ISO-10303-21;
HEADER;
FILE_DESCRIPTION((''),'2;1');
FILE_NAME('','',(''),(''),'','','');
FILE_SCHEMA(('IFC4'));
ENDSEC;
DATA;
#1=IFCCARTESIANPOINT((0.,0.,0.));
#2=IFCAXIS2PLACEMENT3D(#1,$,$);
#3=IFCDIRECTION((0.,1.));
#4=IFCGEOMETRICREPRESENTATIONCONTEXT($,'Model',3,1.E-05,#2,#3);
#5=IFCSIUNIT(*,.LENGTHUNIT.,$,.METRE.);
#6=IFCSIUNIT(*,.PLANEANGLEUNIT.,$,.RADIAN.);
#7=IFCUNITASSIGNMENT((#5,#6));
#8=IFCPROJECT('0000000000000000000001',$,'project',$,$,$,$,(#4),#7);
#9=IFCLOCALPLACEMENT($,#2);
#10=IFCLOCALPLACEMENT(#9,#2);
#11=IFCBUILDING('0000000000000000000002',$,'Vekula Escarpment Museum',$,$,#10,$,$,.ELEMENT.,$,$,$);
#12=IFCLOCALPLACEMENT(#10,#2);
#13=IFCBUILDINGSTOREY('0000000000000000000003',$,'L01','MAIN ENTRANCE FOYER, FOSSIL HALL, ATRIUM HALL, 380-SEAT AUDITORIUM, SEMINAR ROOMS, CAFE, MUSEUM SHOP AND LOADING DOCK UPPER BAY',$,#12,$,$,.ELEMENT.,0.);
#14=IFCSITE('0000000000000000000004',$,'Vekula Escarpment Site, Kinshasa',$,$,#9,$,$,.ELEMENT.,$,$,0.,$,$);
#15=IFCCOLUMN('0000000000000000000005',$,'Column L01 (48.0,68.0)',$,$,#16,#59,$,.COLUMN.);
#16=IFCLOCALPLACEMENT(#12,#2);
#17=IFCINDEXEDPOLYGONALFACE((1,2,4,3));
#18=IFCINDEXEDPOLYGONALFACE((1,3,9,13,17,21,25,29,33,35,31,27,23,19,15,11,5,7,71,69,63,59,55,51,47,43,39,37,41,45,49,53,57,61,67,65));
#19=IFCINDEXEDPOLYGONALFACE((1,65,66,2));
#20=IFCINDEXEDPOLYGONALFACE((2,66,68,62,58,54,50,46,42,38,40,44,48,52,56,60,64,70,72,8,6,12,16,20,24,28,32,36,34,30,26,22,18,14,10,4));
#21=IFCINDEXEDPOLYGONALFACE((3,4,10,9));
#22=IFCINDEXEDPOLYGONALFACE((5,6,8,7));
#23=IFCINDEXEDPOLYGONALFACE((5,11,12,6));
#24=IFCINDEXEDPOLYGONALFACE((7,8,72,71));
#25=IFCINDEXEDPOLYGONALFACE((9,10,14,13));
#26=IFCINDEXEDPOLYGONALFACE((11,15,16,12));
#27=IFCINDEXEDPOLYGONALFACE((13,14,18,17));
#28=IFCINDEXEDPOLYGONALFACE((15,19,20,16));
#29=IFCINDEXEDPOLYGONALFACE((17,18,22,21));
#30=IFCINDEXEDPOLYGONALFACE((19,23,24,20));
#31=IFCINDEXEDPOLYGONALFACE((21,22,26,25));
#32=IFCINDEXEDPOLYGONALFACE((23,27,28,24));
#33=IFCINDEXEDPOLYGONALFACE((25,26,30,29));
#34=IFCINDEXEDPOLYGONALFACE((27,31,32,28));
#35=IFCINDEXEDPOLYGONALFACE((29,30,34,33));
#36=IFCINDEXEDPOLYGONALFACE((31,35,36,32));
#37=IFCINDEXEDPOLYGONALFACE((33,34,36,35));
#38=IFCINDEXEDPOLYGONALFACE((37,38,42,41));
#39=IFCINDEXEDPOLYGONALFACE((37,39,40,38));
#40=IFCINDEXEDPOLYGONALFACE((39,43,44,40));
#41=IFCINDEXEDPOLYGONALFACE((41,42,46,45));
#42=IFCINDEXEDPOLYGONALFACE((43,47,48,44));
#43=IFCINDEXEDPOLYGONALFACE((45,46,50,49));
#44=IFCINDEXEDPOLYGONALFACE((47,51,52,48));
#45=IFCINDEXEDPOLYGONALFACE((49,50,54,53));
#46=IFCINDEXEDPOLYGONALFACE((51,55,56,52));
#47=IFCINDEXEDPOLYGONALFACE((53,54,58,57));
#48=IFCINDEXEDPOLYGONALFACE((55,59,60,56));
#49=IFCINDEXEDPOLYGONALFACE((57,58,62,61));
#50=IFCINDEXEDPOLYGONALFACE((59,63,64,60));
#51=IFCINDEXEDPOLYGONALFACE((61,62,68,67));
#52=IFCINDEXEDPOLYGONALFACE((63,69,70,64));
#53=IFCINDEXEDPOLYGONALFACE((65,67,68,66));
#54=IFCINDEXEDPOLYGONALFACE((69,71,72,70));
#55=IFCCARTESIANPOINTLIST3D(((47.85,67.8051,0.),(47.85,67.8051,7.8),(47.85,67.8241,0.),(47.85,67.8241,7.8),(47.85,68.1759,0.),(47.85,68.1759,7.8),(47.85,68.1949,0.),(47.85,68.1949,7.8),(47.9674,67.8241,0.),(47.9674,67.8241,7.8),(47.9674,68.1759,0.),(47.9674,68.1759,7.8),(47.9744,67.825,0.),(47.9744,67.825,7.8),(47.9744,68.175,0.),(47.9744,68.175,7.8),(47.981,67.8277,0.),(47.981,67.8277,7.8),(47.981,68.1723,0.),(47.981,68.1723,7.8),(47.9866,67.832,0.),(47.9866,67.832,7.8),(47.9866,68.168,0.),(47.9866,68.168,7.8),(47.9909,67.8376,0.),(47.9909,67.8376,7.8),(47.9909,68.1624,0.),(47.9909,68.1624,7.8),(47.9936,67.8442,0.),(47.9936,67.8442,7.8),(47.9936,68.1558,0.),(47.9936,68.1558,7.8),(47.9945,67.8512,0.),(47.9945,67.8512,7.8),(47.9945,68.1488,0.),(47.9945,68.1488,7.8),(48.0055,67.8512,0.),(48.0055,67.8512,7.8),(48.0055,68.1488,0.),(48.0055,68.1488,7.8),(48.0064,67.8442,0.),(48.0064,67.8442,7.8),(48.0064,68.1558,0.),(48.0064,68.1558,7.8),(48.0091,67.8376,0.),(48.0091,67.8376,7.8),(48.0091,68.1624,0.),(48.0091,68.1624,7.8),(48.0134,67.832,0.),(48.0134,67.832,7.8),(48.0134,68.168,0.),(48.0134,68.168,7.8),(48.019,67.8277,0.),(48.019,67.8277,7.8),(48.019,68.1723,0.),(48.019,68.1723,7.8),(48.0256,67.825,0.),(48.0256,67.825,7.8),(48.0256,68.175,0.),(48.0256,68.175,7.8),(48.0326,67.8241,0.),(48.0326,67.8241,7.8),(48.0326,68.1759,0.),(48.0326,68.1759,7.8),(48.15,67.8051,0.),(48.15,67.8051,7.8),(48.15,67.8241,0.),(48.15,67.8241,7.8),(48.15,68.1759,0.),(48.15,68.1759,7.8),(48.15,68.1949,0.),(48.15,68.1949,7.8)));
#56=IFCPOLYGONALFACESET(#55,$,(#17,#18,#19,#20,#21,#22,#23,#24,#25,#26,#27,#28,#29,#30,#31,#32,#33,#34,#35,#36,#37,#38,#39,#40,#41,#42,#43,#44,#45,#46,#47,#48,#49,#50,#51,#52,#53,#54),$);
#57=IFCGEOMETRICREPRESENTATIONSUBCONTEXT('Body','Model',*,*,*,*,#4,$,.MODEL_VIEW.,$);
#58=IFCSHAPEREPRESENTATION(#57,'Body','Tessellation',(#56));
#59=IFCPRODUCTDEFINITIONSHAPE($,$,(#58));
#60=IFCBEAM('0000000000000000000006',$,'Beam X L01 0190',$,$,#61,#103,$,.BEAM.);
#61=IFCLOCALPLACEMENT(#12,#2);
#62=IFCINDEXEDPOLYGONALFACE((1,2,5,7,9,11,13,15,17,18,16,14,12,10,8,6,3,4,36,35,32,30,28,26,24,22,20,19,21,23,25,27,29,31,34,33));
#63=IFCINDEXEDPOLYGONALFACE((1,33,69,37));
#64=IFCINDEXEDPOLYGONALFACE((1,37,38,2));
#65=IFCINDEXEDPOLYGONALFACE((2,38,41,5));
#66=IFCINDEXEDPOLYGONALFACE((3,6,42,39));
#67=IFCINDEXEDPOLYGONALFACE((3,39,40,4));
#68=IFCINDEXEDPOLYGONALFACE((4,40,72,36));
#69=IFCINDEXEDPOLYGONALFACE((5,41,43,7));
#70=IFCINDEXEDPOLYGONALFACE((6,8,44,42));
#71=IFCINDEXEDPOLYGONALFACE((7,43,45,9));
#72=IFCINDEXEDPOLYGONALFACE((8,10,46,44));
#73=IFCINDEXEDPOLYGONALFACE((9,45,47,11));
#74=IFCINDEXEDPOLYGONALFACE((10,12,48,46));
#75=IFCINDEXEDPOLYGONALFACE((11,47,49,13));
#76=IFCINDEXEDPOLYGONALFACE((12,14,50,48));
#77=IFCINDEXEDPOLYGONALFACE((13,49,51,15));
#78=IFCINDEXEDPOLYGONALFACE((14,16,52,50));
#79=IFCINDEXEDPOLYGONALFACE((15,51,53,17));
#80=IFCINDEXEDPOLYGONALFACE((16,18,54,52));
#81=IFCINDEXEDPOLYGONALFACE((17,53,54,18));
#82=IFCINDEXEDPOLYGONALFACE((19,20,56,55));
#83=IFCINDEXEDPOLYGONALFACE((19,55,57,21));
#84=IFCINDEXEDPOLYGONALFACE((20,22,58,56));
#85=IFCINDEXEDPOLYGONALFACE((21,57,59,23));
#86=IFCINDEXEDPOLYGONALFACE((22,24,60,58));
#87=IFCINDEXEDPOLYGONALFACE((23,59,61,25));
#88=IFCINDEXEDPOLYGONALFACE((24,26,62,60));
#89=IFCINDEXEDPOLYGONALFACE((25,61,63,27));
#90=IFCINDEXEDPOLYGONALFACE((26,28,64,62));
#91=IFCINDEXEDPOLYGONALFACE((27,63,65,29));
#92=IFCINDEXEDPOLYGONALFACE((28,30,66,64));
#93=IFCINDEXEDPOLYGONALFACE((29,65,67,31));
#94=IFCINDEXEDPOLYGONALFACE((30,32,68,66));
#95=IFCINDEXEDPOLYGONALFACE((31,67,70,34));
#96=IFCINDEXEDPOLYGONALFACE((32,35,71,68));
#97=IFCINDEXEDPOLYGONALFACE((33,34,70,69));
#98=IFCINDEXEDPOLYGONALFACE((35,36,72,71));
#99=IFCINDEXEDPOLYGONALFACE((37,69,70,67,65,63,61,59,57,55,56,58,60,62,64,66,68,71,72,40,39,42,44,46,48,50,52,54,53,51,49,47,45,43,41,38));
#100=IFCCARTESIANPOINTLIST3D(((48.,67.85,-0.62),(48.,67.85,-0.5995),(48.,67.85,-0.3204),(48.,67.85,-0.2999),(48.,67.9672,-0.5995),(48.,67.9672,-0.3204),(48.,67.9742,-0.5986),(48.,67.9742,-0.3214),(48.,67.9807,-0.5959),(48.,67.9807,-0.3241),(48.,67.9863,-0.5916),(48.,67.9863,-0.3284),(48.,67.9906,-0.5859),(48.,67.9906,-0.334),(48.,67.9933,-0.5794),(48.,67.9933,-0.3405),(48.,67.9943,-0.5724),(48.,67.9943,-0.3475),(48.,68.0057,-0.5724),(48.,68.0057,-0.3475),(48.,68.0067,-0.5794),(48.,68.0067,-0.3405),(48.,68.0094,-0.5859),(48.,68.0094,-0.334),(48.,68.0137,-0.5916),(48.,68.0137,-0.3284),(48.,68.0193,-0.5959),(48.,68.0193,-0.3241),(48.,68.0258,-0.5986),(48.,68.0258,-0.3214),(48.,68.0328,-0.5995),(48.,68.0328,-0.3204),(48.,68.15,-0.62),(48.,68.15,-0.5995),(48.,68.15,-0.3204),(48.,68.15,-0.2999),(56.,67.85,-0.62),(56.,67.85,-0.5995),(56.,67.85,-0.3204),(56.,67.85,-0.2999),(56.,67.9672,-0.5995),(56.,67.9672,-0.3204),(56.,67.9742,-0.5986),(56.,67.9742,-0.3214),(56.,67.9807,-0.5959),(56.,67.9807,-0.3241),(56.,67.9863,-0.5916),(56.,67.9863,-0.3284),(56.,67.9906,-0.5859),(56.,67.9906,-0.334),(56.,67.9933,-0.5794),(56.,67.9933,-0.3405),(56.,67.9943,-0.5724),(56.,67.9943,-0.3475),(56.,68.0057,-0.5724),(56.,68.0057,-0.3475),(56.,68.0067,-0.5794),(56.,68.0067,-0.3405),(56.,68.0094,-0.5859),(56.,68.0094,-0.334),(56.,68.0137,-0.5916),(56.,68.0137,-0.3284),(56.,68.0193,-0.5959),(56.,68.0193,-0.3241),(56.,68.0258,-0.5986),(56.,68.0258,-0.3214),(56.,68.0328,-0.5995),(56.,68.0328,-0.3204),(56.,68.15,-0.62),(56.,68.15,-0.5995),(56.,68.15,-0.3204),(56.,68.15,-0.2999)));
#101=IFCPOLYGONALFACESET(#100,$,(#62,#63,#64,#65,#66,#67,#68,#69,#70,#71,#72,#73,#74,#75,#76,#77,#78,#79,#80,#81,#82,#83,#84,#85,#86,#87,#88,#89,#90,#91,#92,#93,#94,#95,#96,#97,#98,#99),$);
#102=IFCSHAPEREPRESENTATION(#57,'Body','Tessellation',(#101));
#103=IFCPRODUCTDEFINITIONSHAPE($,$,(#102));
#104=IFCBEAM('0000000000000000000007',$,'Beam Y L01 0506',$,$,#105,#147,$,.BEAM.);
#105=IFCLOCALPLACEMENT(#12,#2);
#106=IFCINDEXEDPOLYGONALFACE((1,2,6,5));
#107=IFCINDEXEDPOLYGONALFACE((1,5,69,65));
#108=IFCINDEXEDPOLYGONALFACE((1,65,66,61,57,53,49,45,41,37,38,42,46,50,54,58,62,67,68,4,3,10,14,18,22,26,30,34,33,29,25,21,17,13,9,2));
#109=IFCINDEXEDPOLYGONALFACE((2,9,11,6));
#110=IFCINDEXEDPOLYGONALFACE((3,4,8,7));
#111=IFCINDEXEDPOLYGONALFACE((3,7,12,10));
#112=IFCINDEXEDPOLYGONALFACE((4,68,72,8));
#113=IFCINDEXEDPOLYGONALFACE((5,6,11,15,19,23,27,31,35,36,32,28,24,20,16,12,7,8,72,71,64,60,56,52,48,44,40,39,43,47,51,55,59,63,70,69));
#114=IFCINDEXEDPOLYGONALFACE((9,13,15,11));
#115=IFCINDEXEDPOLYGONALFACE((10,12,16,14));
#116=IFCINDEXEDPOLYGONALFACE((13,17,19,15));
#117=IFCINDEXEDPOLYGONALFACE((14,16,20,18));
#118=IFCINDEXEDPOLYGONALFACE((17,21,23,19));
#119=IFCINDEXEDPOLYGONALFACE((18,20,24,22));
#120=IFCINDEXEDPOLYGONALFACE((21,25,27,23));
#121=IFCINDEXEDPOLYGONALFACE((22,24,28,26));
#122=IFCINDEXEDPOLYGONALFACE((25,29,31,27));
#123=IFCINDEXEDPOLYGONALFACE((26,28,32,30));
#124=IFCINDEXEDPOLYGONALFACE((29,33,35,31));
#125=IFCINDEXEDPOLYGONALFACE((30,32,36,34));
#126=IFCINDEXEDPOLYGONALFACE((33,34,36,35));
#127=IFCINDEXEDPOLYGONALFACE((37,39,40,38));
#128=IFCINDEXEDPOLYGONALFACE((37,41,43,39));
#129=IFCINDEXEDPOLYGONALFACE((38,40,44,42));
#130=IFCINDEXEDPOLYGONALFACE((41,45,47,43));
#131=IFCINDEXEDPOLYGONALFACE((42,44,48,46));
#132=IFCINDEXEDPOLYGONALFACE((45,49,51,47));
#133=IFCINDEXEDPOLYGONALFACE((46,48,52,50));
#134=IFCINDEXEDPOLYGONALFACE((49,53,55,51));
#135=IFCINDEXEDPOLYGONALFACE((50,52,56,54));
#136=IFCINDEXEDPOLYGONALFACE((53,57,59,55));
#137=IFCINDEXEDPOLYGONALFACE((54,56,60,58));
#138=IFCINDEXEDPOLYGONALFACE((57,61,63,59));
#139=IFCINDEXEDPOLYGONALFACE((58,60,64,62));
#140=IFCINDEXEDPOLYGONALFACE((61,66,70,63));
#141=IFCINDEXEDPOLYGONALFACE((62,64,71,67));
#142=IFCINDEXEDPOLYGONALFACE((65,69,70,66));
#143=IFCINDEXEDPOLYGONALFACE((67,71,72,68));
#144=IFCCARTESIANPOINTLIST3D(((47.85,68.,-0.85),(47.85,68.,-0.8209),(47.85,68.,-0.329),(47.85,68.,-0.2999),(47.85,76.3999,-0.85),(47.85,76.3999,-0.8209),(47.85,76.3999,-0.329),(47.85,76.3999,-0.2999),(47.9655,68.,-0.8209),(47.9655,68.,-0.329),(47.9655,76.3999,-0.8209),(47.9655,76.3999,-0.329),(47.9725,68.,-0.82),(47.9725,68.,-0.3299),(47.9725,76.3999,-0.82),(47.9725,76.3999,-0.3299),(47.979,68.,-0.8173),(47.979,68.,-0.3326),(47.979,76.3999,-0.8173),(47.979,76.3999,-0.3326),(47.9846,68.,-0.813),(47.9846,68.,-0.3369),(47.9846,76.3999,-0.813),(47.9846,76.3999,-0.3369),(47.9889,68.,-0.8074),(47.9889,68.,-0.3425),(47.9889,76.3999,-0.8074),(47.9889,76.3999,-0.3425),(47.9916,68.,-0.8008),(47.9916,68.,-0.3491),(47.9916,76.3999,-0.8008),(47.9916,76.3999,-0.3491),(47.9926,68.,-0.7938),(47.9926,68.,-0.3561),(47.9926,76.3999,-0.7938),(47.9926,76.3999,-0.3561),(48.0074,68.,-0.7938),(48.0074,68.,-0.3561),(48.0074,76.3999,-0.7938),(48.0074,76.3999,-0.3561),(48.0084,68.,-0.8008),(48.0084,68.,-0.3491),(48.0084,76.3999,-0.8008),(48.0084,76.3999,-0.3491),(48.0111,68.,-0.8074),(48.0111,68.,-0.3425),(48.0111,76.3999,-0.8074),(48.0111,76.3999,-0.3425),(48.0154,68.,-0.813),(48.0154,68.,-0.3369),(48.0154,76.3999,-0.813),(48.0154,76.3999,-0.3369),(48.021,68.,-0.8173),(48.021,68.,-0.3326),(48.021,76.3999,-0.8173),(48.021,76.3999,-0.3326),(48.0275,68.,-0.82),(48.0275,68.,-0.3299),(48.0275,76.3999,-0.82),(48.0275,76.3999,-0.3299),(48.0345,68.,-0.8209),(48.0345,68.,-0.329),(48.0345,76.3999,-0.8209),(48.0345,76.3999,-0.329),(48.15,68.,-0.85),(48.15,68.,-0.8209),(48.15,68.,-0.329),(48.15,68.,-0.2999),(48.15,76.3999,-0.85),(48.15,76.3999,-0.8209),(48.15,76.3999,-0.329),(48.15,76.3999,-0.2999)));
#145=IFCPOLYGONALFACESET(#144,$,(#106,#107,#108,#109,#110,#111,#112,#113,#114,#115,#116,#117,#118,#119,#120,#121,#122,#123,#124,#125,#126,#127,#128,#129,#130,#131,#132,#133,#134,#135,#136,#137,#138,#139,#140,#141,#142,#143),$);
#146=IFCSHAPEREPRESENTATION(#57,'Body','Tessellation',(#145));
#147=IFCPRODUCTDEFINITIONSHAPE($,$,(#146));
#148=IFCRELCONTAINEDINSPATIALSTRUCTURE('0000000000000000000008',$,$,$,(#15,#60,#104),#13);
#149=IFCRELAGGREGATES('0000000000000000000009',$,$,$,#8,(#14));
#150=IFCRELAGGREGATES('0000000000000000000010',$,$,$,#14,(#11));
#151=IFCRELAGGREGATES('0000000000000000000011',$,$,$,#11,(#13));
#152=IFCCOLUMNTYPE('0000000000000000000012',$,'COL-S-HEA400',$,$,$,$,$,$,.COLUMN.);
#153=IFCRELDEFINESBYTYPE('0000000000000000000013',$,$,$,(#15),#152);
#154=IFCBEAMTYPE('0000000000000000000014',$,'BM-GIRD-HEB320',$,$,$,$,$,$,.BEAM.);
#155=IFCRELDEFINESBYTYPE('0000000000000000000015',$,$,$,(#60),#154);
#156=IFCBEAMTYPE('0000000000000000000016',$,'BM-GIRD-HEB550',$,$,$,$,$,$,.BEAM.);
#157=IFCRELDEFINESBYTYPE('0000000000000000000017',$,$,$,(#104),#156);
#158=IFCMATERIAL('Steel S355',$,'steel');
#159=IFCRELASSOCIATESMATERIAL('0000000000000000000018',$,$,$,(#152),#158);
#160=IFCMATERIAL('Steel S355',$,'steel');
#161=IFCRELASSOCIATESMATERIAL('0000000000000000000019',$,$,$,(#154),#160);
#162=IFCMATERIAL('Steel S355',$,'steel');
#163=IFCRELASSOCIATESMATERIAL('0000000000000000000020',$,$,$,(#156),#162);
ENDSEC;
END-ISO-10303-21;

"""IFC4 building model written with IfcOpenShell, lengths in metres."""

from ifc_helpers import new_model, si_unit, direction, frame, origin, origin_2d, place, context, subcontext, project, spatial, i_section, extrude, material, material_profile, profile_set, type_object, element, save


model = new_model("IFC4")

# Units and contexts
model_context = context("Model", 3, precision=1e-05, world=origin(), true_north=direction((0.0, 1.0)))
body_context = subcontext(model_context, "Body", "Model", "MODEL_VIEW")
ifc_project = project(units=[si_unit("LENGTHUNIT", "METRE"), si_unit("PLANEANGLEUNIT", "RADIAN")], contexts=[model_context])

# Site, building, storey
site_placement = place(None, origin())
site = spatial("IfcSite", under=ifc_project, at=site_placement, Name="Vekula Escarpment Site, Kinshasa", CompositionType="ELEMENT", RefElevation=0.0)
building_placement = place(site_placement, origin())
building = spatial("IfcBuilding", under=site, at=building_placement, Name="Vekula Escarpment Museum", CompositionType="ELEMENT")
storey_placement = place(building_placement, origin())
storey = spatial("IfcBuildingStorey", under=building, at=storey_placement, Name="L01", Description="MAIN ENTRANCE FOYER, FOSSIL HALL, ATRIUM HALL, 380-SEAT AUDITORIUM, SEMINAR ROOMS, CAFE, MUSEUM SHOP AND LOADING DOCK UPPER BAY", CompositionType="ELEMENT", Elevation=0.0)

# Column
ifc_material_1 = material(Name="Steel S355", Category="steel")
ifc_material_profile_1 = material_profile(ifc_material_1, i_section(OverallWidth=0.3, OverallDepth=0.3899, WebThickness=0.011, FlangeThickness=0.019, FilletRadius=0.0271, at=origin_2d()), Name="HEA 400")
ifc_profile_set_1 = profile_set([ifc_material_profile_1], Name="Steel S355")
column_type = type_object("IfcColumnType", Name="COL-S-HEA400", PredefinedType="COLUMN", material=ifc_profile_set_1)
column_placement = place(storey_placement, frame((48.0, 68.0, 0.0), z_axis=(0.0, 0.0, 1.0), x_axis=(1.0, 0.0, 0.0)))
element("IfcColumn", 1, at=column_placement, inside=storey, type_object=column_type, Name="Column L01 (48.0,68.0)", PredefinedType="COLUMN", context=body_context, shape_type="SweptSolid", body=[
    extrude(i_section(OverallWidth=0.3, OverallDepth=0.3899, WebThickness=0.011, FlangeThickness=0.019, FilletRadius=0.0271, at=origin_2d()), origin(), (0.0, 0.0, 1.0), 7.8),
])

# Beams
ifc_material_2 = material(Name="Steel S355", Category="steel")
ifc_material_profile_2 = material_profile(ifc_material_2, i_section(OverallWidth=0.3, OverallDepth=0.3201, WebThickness=0.0115, FlangeThickness=0.0205, FilletRadius=0.0271, at=origin_2d()), Name="HEB 320")
ifc_profile_set_2 = profile_set([ifc_material_profile_2], Name="Steel S355")
beam_type_1 = type_object("IfcBeamType", Name="BM-GIRD-HEB320", PredefinedType="BEAM", material=ifc_profile_set_2)
beam_1_placement = place(storey_placement, frame((48.0, 68.0, -0.46), z_axis=(1.0, 0.0, 0.0), x_axis=(0.0, 1.0, 0.0)))
element("IfcBeam", 2, at=beam_1_placement, inside=storey, type_object=beam_type_1, Name="Beam X L01 0190", PredefinedType="BEAM", context=body_context, shape_type="SweptSolid", body=[
    extrude(i_section(OverallWidth=0.3, OverallDepth=0.3201, WebThickness=0.0115, FlangeThickness=0.0205, FilletRadius=0.0271, at=origin_2d()), origin(), (0.0, 0.0, 1.0), 8.0),
])
ifc_material_3 = material(Name="Steel S355", Category="steel")
ifc_material_profile_3 = material_profile(ifc_material_3, i_section(OverallWidth=0.3, OverallDepth=0.55, WebThickness=0.0149, FlangeThickness=0.0291, FilletRadius=0.0271, at=origin_2d()), Name="HEB 550")
ifc_profile_set_3 = profile_set([ifc_material_profile_3], Name="Steel S355")
beam_type_2 = type_object("IfcBeamType", Name="BM-GIRD-HEB550", PredefinedType="BEAM", material=ifc_profile_set_3)
beam_2_placement = place(storey_placement, frame((48.0, 68.0, -0.575), z_axis=(0.0, 1.0, 0.0), x_axis=(-1.0, 0.0, 0.0)))
element("IfcBeam", 3, at=beam_2_placement, inside=storey, type_object=beam_type_2, Name="Beam Y L01 0506", PredefinedType="BEAM", context=body_context, shape_type="SweptSolid", body=[
    extrude(i_section(OverallWidth=0.3, OverallDepth=0.55, WebThickness=0.0149, FlangeThickness=0.0291, FilletRadius=0.0271, at=origin_2d()), origin(), (0.0, 0.0, 1.0), 8.3999),
])

save(model, "model.ifc")
